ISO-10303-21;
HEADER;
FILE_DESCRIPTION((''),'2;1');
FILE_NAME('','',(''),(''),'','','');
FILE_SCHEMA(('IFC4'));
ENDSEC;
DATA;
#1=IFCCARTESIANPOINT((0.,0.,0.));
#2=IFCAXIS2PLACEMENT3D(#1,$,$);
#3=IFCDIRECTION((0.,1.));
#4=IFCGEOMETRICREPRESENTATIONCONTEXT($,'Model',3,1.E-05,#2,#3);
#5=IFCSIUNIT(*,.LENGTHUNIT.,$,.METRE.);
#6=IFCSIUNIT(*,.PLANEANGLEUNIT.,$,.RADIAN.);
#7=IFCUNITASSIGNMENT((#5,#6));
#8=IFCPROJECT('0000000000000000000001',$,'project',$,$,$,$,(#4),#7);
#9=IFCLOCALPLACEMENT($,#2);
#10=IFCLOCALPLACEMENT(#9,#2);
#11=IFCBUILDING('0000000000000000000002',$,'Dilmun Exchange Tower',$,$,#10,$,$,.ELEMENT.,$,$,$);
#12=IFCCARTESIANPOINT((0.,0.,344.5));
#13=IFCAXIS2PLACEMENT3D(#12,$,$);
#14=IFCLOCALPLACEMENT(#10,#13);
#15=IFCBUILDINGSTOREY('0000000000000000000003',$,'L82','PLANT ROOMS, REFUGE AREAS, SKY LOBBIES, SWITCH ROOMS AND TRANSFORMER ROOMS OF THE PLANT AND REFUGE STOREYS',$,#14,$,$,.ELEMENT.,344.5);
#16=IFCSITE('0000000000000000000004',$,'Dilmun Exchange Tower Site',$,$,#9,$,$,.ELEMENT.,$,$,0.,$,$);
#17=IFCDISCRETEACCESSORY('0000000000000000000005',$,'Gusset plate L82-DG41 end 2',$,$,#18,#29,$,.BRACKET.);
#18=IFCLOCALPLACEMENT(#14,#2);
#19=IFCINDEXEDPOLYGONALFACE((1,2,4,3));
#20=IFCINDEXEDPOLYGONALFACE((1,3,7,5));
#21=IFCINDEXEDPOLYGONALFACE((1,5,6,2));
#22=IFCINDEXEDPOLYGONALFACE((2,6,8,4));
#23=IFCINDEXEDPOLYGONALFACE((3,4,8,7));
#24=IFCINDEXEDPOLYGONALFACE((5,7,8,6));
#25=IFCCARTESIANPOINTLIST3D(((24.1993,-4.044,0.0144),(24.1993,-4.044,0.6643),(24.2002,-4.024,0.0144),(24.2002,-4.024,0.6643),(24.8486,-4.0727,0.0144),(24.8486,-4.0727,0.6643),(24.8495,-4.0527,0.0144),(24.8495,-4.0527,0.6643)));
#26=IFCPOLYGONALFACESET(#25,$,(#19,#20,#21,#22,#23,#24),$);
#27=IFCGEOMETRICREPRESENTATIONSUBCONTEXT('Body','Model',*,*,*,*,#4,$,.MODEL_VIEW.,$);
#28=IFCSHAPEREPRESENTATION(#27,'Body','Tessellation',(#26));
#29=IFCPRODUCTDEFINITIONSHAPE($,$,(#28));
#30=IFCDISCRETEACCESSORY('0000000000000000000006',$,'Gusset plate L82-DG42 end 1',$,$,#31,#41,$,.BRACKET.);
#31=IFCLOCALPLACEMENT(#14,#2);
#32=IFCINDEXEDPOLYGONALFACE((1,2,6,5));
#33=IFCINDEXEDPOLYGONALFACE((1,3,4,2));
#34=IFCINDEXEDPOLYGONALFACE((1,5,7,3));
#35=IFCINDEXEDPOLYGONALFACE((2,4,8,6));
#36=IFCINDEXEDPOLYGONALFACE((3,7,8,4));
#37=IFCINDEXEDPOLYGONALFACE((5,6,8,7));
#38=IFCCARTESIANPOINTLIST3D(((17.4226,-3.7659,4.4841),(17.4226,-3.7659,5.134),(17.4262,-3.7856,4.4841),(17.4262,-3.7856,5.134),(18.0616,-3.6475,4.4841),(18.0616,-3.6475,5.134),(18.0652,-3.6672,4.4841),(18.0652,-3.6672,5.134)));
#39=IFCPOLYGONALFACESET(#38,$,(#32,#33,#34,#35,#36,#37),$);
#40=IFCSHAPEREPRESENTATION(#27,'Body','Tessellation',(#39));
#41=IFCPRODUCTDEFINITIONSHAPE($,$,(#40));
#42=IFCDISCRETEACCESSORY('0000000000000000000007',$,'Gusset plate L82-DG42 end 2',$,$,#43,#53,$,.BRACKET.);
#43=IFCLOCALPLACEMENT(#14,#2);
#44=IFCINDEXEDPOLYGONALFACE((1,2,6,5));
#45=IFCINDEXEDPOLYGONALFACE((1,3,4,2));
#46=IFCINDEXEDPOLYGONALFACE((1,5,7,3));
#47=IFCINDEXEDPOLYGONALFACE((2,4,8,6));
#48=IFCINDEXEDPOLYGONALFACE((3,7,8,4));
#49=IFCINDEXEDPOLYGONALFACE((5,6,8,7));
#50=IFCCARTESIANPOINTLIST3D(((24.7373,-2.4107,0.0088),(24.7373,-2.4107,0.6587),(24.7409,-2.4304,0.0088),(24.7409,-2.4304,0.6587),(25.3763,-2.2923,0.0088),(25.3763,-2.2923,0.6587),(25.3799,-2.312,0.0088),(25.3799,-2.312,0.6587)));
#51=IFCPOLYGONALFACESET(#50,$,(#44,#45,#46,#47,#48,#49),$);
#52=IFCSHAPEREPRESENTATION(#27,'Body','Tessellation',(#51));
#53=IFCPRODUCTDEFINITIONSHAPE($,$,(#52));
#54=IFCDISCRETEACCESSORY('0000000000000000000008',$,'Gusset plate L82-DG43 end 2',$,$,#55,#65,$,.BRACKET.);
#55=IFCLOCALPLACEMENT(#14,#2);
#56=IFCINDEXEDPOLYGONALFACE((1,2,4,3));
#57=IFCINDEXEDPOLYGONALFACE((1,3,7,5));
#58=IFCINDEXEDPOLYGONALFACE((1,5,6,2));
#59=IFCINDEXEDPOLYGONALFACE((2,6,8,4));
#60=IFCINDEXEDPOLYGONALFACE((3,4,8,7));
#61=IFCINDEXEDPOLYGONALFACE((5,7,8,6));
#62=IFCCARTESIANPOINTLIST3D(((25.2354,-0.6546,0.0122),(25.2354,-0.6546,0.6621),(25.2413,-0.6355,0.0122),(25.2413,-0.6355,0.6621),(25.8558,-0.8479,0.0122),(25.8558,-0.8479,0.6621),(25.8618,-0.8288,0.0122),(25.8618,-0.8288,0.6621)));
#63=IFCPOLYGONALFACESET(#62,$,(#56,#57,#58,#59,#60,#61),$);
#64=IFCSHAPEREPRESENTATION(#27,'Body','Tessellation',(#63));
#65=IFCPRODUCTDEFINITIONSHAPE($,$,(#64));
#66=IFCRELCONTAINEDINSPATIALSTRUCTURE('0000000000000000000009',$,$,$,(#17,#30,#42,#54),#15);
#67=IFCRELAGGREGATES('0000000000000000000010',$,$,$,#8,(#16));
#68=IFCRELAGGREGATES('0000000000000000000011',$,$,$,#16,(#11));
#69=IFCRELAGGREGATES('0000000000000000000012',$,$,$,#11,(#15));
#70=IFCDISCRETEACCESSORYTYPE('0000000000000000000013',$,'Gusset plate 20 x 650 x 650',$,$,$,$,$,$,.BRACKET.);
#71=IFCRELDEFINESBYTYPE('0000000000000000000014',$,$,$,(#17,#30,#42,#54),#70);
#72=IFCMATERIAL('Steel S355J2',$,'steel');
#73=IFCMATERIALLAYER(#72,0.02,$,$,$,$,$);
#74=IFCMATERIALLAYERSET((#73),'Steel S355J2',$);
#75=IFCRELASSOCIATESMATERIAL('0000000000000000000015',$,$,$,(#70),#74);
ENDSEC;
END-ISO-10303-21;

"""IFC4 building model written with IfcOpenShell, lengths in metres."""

from ifc_helpers import new_model, si_unit, direction, frame, origin, origin_2d, place, context, subcontext, project, spatial, rectangle, extrude, material, layer, layer_set, type_object, element, save


model = new_model("IFC4")

# Units and contexts
model_context = context("Model", 3, precision=1e-05, world=origin(), true_north=direction((0.0, 1.0)))
body_context = subcontext(model_context, "Body", "Model", "MODEL_VIEW")
ifc_project = project(units=[si_unit("LENGTHUNIT", "METRE"), si_unit("PLANEANGLEUNIT", "RADIAN")], contexts=[model_context])

# Site, building, storey
site_placement = place(None, origin())
site = spatial("IfcSite", under=ifc_project, at=site_placement, Name="Dilmun Exchange Tower Site", CompositionType="ELEMENT", RefElevation=0.0)
building_placement = place(site_placement, origin())
building = spatial("IfcBuilding", under=site, at=building_placement, Name="Dilmun Exchange Tower", CompositionType="ELEMENT")
storey_placement = place(building_placement, frame((0.0, 0.0, 344.5)))
storey = spatial("IfcBuildingStorey", under=building, at=storey_placement, Name="L82", Description="PLANT ROOMS, REFUGE AREAS, SKY LOBBIES, SWITCH ROOMS AND TRANSFORMER ROOMS OF THE PLANT AND REFUGE STOREYS", CompositionType="ELEMENT", Elevation=344.5)

# Discrete accessories
ifc_material_1 = material(Name="Steel S355J2", Category="steel")
ifc_layer_1 = layer(ifc_material_1, 0.02)
ifc_layer_set_1 = layer_set([ifc_layer_1], Name="Steel S355J2")
discrete_accessory_type = type_object("IfcDiscreteAccessoryType", Name="Gusset plate 20 x 650 x 650", PredefinedType="BRACKET", material=ifc_layer_set_1)
for number, where, z_axis, x_axis, name in (
    (1, (24.5244, -4.0483, 0.0144), (0.0, 0.0, 1.0), (0.99902, -0.044251, 0.0), "Gusset plate L82-DG41 end 2"),
    (2, (17.7439, -3.7166, 4.4841), (0.0, 0.0, 1.0), (0.983263, 0.182193, 0.0), "Gusset plate L82-DG42 end 1"),
    (3, (25.0586, -2.3613, 0.0088), (0.0, 0.0, 1.0), (0.983263, 0.182193, 0.0), "Gusset plate L82-DG42 end 2"),
    (4, (25.5486, -0.7417, 0.0122), (0.0, 0.0, 1.0), (0.954721, -0.297503, 0.0), "Gusset plate L82-DG43 end 2"),
):
    element("IfcDiscreteAccessory", number, at=place(storey_placement, frame(where, z_axis=z_axis, x_axis=x_axis)), inside=storey, type_object=discrete_accessory_type, Name=name, PredefinedType="BRACKET", context=body_context, shape_type="SweptSolid", body=[
        extrude(rectangle(XDim=0.6499, YDim=0.02, at=origin_2d()), origin(), (0.0, 0.0, 1.0), 0.6499),
    ])

save(model, "model.ifc")
